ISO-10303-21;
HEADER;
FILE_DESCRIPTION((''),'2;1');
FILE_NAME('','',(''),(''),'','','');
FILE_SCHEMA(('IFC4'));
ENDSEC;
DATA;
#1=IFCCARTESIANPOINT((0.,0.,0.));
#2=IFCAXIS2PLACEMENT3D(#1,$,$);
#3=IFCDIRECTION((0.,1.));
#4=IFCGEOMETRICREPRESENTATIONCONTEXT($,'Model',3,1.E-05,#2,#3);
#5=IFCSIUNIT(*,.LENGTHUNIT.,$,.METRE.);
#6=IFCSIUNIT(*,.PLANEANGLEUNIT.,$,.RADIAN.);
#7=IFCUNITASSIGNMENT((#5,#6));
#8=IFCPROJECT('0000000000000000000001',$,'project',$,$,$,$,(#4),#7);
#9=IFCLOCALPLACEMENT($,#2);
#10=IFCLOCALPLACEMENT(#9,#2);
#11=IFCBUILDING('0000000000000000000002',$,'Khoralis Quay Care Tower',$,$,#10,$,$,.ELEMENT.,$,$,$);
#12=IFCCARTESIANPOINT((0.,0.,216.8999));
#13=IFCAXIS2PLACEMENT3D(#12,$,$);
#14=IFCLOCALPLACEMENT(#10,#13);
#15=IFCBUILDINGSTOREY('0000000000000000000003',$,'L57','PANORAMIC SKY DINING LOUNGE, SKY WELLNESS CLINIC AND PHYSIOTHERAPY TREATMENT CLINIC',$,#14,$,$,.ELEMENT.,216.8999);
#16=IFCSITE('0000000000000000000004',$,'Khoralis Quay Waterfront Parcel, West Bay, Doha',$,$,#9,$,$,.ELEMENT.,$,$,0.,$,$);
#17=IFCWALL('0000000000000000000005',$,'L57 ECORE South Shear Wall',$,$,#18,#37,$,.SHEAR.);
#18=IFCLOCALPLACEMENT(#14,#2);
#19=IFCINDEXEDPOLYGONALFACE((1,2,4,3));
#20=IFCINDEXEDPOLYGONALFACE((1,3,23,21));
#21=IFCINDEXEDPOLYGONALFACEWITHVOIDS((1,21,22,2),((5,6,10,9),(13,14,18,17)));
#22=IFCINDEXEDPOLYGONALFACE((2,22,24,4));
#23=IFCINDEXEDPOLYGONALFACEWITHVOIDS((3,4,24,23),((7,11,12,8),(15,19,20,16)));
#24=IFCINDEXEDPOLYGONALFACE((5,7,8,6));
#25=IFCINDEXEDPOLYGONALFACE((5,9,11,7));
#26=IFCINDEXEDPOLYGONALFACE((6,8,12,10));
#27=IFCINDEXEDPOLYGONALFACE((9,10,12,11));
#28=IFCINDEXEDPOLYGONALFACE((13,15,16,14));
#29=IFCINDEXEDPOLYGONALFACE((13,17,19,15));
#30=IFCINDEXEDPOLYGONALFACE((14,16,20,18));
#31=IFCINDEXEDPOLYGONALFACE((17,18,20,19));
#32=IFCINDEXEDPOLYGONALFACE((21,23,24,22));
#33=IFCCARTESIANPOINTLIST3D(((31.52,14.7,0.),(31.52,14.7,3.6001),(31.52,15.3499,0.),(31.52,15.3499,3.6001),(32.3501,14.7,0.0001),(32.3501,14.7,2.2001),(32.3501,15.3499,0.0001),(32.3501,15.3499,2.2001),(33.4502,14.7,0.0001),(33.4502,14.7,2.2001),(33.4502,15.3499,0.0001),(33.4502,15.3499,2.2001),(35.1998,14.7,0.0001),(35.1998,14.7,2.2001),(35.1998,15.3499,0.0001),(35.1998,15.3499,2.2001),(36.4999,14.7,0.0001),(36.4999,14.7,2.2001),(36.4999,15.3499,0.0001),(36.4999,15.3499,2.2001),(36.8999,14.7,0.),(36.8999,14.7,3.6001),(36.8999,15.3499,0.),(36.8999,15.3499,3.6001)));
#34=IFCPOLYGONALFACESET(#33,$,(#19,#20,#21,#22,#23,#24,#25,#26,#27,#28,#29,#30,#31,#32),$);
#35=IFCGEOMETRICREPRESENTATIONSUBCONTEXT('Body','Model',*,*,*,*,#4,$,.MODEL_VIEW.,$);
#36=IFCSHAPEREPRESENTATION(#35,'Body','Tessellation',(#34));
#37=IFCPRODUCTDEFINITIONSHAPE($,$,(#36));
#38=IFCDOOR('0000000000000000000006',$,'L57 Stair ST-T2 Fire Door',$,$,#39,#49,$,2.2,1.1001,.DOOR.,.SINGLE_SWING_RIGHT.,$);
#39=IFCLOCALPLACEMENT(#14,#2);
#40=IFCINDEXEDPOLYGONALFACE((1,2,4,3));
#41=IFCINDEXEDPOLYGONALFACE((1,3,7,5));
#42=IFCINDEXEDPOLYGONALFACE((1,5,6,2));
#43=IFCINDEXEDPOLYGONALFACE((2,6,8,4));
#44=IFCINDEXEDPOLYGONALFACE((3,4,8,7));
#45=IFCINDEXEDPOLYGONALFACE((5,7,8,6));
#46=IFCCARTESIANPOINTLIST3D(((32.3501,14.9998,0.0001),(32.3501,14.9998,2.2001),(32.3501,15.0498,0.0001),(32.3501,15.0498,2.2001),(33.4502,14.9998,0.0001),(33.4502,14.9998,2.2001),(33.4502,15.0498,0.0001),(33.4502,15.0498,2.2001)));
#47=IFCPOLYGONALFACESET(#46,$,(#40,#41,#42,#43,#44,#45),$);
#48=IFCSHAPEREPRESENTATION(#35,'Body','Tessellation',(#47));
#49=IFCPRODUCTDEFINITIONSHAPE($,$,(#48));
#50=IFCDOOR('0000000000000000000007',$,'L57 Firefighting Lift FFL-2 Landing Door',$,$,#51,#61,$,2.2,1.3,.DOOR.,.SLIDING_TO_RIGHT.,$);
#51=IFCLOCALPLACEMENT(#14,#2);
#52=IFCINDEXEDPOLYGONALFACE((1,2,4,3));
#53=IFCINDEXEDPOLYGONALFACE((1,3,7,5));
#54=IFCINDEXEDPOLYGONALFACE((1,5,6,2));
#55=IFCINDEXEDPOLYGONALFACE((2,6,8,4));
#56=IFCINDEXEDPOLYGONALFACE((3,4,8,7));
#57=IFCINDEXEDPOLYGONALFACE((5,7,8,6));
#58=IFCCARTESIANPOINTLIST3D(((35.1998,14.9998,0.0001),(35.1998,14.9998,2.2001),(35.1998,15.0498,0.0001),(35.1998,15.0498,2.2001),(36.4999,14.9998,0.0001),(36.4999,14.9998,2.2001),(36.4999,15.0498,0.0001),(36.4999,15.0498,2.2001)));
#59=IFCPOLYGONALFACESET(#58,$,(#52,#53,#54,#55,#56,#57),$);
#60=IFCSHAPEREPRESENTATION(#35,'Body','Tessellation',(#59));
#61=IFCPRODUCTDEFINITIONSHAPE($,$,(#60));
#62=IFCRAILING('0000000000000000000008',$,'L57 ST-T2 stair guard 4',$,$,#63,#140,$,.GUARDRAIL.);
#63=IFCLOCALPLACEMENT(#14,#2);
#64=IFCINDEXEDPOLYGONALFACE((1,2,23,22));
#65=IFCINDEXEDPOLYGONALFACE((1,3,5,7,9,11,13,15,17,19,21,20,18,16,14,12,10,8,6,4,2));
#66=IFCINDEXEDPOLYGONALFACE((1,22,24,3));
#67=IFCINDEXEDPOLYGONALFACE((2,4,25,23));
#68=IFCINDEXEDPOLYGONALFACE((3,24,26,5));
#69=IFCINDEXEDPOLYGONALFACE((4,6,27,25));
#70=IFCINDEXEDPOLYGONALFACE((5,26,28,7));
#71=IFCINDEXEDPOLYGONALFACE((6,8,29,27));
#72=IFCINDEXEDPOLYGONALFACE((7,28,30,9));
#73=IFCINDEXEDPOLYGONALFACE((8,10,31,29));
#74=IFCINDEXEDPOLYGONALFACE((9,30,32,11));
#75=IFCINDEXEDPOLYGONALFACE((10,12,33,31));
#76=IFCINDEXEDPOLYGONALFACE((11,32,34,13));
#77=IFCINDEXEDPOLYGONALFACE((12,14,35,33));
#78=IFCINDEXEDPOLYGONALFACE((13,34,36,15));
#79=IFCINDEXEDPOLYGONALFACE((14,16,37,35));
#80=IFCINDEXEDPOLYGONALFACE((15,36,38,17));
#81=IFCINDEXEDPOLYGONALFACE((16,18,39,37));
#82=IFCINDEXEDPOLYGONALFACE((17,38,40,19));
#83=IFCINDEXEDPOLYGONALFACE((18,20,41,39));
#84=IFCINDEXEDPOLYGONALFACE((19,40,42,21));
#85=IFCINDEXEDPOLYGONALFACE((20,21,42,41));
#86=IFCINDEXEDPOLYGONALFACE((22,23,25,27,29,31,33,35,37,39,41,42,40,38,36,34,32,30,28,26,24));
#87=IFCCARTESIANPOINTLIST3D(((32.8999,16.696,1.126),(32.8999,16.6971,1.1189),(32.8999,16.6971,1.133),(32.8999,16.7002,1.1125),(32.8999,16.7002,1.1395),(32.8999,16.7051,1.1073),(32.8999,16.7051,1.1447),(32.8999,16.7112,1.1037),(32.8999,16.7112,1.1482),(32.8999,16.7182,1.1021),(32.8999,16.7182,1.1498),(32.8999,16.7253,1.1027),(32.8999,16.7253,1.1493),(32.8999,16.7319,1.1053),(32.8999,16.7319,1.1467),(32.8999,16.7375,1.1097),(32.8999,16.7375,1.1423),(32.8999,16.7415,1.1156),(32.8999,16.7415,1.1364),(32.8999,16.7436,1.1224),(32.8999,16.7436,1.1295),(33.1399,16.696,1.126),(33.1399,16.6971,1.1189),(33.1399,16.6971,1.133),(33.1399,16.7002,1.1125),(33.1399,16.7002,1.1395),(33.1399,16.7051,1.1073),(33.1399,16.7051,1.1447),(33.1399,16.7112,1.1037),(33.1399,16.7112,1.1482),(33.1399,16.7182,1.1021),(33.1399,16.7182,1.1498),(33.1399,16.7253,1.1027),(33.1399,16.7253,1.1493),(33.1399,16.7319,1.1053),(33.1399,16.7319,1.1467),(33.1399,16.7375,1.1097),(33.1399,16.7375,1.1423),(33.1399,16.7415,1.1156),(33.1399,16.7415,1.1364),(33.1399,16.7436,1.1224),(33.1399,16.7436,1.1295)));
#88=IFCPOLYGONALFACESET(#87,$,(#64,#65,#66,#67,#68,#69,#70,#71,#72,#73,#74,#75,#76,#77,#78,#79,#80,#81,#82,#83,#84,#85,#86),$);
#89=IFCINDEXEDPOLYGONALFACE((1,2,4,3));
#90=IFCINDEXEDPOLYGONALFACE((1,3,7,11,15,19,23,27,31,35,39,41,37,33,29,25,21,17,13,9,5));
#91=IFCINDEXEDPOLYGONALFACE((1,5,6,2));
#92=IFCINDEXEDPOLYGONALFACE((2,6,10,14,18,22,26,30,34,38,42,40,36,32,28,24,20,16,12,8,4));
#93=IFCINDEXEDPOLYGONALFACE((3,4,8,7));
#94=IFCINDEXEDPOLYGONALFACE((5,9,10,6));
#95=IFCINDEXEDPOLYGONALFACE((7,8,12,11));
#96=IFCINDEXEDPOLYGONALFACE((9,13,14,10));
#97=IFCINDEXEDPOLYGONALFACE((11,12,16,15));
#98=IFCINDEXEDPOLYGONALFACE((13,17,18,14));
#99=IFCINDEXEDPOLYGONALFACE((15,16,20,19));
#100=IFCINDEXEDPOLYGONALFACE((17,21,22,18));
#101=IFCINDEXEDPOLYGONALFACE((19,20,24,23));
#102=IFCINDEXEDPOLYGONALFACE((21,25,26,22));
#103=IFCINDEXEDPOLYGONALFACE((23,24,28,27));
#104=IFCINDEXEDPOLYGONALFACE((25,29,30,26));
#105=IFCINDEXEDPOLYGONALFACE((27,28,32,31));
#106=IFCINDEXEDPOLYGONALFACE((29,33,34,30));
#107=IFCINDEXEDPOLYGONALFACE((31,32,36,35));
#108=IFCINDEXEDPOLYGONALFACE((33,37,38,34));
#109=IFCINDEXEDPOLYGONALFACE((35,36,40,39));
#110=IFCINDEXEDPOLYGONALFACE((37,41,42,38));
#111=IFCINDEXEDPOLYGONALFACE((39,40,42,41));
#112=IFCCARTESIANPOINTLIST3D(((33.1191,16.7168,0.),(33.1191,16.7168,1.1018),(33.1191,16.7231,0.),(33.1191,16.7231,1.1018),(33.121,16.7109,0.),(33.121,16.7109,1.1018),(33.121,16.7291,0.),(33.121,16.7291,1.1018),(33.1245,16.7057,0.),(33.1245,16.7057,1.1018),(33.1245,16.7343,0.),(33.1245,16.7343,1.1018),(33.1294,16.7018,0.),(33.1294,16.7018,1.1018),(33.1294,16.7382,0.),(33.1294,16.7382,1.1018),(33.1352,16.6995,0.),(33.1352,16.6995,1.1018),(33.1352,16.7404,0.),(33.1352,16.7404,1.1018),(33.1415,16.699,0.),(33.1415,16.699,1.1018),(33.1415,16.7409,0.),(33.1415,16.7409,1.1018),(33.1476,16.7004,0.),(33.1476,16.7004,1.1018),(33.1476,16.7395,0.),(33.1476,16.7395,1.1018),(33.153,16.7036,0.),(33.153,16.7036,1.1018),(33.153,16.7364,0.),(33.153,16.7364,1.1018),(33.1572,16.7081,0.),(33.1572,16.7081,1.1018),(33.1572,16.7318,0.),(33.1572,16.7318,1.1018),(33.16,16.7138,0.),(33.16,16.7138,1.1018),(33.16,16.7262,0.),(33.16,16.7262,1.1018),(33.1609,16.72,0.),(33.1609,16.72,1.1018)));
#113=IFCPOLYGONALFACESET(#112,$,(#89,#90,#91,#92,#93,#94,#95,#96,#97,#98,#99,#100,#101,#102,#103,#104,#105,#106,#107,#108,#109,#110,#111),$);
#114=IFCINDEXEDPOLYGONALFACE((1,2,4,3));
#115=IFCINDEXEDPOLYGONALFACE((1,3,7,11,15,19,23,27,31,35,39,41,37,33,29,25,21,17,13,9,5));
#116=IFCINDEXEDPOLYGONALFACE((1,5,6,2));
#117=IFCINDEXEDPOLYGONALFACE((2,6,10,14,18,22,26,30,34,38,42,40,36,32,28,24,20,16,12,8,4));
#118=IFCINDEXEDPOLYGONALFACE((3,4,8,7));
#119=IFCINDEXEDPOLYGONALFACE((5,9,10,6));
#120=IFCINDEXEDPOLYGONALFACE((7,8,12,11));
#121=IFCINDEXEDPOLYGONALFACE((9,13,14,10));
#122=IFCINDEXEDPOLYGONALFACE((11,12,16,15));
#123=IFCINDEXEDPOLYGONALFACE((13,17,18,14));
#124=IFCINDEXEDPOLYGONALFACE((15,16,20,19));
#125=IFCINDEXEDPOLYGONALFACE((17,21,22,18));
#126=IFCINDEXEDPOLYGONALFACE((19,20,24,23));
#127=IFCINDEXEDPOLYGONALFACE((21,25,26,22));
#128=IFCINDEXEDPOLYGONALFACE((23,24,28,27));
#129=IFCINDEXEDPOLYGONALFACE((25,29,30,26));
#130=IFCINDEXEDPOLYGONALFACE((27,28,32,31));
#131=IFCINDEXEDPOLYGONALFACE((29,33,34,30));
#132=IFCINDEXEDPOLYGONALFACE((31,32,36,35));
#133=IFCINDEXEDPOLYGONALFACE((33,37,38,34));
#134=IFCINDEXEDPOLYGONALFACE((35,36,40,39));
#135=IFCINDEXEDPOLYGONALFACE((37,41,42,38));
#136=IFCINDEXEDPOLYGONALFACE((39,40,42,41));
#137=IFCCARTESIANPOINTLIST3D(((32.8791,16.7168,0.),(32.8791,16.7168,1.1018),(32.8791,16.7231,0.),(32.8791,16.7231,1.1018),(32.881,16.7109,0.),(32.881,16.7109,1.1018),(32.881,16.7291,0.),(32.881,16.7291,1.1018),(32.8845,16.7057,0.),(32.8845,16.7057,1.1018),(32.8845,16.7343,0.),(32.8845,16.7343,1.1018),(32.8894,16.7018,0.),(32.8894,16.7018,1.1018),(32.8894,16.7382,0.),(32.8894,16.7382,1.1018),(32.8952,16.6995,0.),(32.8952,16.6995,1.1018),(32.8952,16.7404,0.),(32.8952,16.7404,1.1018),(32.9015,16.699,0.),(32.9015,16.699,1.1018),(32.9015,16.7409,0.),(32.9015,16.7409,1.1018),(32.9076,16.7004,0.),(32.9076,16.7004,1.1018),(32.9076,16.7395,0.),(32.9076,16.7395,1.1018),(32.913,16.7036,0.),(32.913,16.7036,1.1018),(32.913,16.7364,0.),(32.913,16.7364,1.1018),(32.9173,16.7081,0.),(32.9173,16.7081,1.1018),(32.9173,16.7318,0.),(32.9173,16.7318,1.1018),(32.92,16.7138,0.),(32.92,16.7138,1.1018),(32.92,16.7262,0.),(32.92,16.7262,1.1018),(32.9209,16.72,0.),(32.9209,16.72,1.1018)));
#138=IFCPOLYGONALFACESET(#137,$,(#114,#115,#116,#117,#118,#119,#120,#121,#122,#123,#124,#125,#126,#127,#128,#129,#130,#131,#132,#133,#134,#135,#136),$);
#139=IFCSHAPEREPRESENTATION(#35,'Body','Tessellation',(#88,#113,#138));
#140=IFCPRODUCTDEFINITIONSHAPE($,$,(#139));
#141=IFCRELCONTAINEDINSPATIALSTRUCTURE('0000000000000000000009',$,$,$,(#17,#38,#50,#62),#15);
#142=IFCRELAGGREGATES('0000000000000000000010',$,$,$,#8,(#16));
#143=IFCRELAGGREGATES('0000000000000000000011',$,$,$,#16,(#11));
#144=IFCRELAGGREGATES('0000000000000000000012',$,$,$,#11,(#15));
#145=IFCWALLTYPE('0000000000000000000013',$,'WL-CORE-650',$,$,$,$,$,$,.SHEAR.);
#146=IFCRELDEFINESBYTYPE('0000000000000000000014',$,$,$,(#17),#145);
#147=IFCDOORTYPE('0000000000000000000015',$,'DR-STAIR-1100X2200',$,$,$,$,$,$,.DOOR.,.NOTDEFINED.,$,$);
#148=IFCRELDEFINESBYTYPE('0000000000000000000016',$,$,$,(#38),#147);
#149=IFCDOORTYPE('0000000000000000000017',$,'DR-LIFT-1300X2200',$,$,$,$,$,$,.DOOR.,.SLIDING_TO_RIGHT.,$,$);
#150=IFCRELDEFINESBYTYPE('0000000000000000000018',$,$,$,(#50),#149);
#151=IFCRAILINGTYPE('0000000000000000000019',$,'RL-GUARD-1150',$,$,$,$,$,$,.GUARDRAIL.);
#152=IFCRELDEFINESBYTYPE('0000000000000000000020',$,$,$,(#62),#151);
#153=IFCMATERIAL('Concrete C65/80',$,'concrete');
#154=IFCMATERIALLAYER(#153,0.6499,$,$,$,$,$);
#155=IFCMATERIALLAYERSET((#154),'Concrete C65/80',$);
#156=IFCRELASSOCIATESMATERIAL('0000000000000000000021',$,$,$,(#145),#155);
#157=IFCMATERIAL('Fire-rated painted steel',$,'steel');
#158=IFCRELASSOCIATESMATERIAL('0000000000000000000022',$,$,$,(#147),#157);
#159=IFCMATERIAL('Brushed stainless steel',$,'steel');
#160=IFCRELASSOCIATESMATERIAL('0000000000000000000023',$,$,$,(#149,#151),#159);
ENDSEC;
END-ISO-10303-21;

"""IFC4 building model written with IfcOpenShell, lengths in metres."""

from ifc_helpers import new_model, si_unit, direction, frame, frame_2d, origin, origin_2d, place, context, subcontext, project, spatial, rectangle, circle, extrude, source, transform, mapped, material, layer, layer_set, type_object, element, fill, save


model = new_model("IFC4")

# Units and contexts
model_context = context("Model", 3, precision=1e-05, world=origin(), true_north=direction((0.0, 1.0)))
body_context = subcontext(model_context, "Body", "Model", "MODEL_VIEW")
ifc_project = project(units=[si_unit("LENGTHUNIT", "METRE"), si_unit("PLANEANGLEUNIT", "RADIAN")], contexts=[model_context])

# Site, building, storey
site_placement = place(None, origin())
site = spatial("IfcSite", under=ifc_project, at=site_placement, Name="Khoralis Quay Waterfront Parcel, West Bay, Doha", CompositionType="ELEMENT", RefElevation=0.0)
building_placement = place(site_placement, origin())
building = spatial("IfcBuilding", under=site, at=building_placement, Name="Khoralis Quay Care Tower", CompositionType="ELEMENT")
storey_placement = place(building_placement, frame((0.0, 0.0, 216.8999)))
storey = spatial("IfcBuildingStorey", under=building, at=storey_placement, Name="L57", Description="PANORAMIC SKY DINING LOUNGE, SKY WELLNESS CLINIC AND PHYSIOTHERAPY TREATMENT CLINIC", CompositionType="ELEMENT", Elevation=216.8999)

# Shared definitions
ifc_material_1 = material(Name="Concrete C65/80", Category="concrete")

# Shared definitions
ifc_material_2 = material(Name="Fire-rated painted steel", Category="steel")

# Shared definitions
ifc_layer_1 = layer(ifc_material_1, 0.6499)
ifc_layer_set_1 = layer_set([ifc_layer_1], Name="Concrete C65/80")
wall_type_1 = type_object("IfcWallType", Name="WL-CORE-650", PredefinedType="SHEAR", material=ifc_layer_set_1)

# Wall, openings, doors
wall_1_placement = place(storey_placement, frame((31.52, 15.0249, 0.0), z_axis=(0.0, 0.0, 1.0), x_axis=(1.0, 0.0, 0.0)))
wall_1 = element("IfcWall", 1, at=wall_1_placement, inside=storey, type_object=wall_type_1, Name="L57 ECORE South Shear Wall", PredefinedType="SHEAR", context=body_context, shape_type="SweptSolid", body=[
    extrude(rectangle(XDim=5.3799, YDim=0.6499, at=frame_2d((2.6899, 0.0))), origin(), (0.0, 0.0, 1.0), 3.6001),
])
opening_1_placement = place(wall_1_placement, frame((0.8301, 0.0, 0.0)))
opening_1 = element("IfcOpeningElement", 2, at=opening_1_placement, cuts=wall_1, PredefinedType="OPENING", context=body_context, shape_type="SweptSolid", body=[
    extrude(rectangle(XDim=1.1001, YDim=2.2, at=frame_2d((0.55, 1.1001))), frame((0.0, 0.335, 0.0), z_axis=(0.0, -1.0, 0.0), x_axis=(1.0, 0.0, 0.0)), (0.0, 0.0, 1.0), 0.6699),
])
opening_2_placement = place(wall_1_placement, frame((3.6799, 0.0, 0.0)))
opening_2 = element("IfcOpeningElement", 3, at=opening_2_placement, cuts=wall_1, PredefinedType="OPENING", context=body_context, shape_type="SweptSolid", body=[
    extrude(rectangle(XDim=1.3, YDim=2.2, at=frame_2d((0.6499, 1.1001))), frame((0.0, 0.335, 0.0), z_axis=(0.0, -1.0, 0.0), x_axis=(1.0, 0.0, 0.0)), (0.0, 0.0, 1.0), 0.6699),
])
door_type_1 = type_object("IfcDoorType", Name="DR-STAIR-1100X2200", OperationType="NOTDEFINED", PredefinedType="DOOR", material=ifc_material_2)
shared_shape_1 = source(origin(), body_context, "Body", "SweptSolid", [
    extrude(rectangle(XDim=1.1001, YDim=2.2, at=frame_2d((0.55, 1.1001))), frame((0.0, 0.0249, 0.0), z_axis=(0.0, -1.0, 0.0), x_axis=(1.0, 0.0, 0.0)), (0.0, 0.0, 1.0), 0.05),
])
door_1_placement = place(opening_1_placement, origin())
door_1 = element("IfcDoor", 4, at=door_1_placement, inside=storey, type_object=door_type_1, Name="L57 Stair ST-T2 Fire Door", OperationType="SINGLE_SWING_RIGHT", OverallHeight=2.2, OverallWidth=1.1001, PredefinedType="DOOR", context=body_context, shape_type="MappedRepresentation", body=[
    mapped(shared_shape_1, transform((0.0, 0.0, 0.0), scale=1.0)),
])
fill(opening_1, door_1)
ifc_material_3 = material(Name="Brushed stainless steel", Category="steel")
door_type_2 = type_object("IfcDoorType", Name="DR-LIFT-1300X2200", OperationType="SLIDING_TO_RIGHT", PredefinedType="DOOR", material=ifc_material_3)
shared_shape_2 = source(origin(), body_context, "Body", "SweptSolid", [
    extrude(rectangle(XDim=1.3, YDim=2.2, at=frame_2d((0.6499, 1.1001))), frame((0.0, 0.0249, 0.0), z_axis=(0.0, -1.0, 0.0), x_axis=(1.0, 0.0, 0.0)), (0.0, 0.0, 1.0), 0.05),
])
door_2_placement = place(opening_2_placement, origin())
door_2 = element("IfcDoor", 5, at=door_2_placement, inside=storey, type_object=door_type_2, Name="L57 Firefighting Lift FFL-2 Landing Door", OperationType="SLIDING_TO_RIGHT", OverallHeight=2.2, OverallWidth=1.3, PredefinedType="DOOR", context=body_context, shape_type="MappedRepresentation", body=[
    mapped(shared_shape_2, transform((0.0, 0.0, 0.0), scale=1.0)),
])
fill(opening_2, door_2)

# Railing
railing_type = type_object("IfcRailingType", Name="RL-GUARD-1150", PredefinedType="GUARDRAIL", material=ifc_material_3)
railing_placement = place(storey_placement, frame((33.1399, 16.72, 0.0)))
element("IfcRailing", 6, at=railing_placement, inside=storey, type_object=railing_type, Name="L57 ST-T2 stair guard 4", PredefinedType="GUARDRAIL", context=body_context, shape_type="SweptSolid", body=[
    extrude(circle(Radius=0.0239, at=origin_2d()), frame((0.0, 0.0, 1.126), z_axis=(-1.0, 0.0, 0.0), x_axis=(0.0, -1.0, 0.0)), (0.0, 0.0, 1.0), 0.24),
    extrude(circle(Radius=0.021, at=origin_2d()), origin(), (0.0, 0.0, 1.0), 1.1018),
    extrude(circle(Radius=0.021, at=origin_2d()), frame((-0.24, 0.0, 0.0)), (0.0, 0.0, 1.0), 1.1018),
])

save(model, "model.ifc")
